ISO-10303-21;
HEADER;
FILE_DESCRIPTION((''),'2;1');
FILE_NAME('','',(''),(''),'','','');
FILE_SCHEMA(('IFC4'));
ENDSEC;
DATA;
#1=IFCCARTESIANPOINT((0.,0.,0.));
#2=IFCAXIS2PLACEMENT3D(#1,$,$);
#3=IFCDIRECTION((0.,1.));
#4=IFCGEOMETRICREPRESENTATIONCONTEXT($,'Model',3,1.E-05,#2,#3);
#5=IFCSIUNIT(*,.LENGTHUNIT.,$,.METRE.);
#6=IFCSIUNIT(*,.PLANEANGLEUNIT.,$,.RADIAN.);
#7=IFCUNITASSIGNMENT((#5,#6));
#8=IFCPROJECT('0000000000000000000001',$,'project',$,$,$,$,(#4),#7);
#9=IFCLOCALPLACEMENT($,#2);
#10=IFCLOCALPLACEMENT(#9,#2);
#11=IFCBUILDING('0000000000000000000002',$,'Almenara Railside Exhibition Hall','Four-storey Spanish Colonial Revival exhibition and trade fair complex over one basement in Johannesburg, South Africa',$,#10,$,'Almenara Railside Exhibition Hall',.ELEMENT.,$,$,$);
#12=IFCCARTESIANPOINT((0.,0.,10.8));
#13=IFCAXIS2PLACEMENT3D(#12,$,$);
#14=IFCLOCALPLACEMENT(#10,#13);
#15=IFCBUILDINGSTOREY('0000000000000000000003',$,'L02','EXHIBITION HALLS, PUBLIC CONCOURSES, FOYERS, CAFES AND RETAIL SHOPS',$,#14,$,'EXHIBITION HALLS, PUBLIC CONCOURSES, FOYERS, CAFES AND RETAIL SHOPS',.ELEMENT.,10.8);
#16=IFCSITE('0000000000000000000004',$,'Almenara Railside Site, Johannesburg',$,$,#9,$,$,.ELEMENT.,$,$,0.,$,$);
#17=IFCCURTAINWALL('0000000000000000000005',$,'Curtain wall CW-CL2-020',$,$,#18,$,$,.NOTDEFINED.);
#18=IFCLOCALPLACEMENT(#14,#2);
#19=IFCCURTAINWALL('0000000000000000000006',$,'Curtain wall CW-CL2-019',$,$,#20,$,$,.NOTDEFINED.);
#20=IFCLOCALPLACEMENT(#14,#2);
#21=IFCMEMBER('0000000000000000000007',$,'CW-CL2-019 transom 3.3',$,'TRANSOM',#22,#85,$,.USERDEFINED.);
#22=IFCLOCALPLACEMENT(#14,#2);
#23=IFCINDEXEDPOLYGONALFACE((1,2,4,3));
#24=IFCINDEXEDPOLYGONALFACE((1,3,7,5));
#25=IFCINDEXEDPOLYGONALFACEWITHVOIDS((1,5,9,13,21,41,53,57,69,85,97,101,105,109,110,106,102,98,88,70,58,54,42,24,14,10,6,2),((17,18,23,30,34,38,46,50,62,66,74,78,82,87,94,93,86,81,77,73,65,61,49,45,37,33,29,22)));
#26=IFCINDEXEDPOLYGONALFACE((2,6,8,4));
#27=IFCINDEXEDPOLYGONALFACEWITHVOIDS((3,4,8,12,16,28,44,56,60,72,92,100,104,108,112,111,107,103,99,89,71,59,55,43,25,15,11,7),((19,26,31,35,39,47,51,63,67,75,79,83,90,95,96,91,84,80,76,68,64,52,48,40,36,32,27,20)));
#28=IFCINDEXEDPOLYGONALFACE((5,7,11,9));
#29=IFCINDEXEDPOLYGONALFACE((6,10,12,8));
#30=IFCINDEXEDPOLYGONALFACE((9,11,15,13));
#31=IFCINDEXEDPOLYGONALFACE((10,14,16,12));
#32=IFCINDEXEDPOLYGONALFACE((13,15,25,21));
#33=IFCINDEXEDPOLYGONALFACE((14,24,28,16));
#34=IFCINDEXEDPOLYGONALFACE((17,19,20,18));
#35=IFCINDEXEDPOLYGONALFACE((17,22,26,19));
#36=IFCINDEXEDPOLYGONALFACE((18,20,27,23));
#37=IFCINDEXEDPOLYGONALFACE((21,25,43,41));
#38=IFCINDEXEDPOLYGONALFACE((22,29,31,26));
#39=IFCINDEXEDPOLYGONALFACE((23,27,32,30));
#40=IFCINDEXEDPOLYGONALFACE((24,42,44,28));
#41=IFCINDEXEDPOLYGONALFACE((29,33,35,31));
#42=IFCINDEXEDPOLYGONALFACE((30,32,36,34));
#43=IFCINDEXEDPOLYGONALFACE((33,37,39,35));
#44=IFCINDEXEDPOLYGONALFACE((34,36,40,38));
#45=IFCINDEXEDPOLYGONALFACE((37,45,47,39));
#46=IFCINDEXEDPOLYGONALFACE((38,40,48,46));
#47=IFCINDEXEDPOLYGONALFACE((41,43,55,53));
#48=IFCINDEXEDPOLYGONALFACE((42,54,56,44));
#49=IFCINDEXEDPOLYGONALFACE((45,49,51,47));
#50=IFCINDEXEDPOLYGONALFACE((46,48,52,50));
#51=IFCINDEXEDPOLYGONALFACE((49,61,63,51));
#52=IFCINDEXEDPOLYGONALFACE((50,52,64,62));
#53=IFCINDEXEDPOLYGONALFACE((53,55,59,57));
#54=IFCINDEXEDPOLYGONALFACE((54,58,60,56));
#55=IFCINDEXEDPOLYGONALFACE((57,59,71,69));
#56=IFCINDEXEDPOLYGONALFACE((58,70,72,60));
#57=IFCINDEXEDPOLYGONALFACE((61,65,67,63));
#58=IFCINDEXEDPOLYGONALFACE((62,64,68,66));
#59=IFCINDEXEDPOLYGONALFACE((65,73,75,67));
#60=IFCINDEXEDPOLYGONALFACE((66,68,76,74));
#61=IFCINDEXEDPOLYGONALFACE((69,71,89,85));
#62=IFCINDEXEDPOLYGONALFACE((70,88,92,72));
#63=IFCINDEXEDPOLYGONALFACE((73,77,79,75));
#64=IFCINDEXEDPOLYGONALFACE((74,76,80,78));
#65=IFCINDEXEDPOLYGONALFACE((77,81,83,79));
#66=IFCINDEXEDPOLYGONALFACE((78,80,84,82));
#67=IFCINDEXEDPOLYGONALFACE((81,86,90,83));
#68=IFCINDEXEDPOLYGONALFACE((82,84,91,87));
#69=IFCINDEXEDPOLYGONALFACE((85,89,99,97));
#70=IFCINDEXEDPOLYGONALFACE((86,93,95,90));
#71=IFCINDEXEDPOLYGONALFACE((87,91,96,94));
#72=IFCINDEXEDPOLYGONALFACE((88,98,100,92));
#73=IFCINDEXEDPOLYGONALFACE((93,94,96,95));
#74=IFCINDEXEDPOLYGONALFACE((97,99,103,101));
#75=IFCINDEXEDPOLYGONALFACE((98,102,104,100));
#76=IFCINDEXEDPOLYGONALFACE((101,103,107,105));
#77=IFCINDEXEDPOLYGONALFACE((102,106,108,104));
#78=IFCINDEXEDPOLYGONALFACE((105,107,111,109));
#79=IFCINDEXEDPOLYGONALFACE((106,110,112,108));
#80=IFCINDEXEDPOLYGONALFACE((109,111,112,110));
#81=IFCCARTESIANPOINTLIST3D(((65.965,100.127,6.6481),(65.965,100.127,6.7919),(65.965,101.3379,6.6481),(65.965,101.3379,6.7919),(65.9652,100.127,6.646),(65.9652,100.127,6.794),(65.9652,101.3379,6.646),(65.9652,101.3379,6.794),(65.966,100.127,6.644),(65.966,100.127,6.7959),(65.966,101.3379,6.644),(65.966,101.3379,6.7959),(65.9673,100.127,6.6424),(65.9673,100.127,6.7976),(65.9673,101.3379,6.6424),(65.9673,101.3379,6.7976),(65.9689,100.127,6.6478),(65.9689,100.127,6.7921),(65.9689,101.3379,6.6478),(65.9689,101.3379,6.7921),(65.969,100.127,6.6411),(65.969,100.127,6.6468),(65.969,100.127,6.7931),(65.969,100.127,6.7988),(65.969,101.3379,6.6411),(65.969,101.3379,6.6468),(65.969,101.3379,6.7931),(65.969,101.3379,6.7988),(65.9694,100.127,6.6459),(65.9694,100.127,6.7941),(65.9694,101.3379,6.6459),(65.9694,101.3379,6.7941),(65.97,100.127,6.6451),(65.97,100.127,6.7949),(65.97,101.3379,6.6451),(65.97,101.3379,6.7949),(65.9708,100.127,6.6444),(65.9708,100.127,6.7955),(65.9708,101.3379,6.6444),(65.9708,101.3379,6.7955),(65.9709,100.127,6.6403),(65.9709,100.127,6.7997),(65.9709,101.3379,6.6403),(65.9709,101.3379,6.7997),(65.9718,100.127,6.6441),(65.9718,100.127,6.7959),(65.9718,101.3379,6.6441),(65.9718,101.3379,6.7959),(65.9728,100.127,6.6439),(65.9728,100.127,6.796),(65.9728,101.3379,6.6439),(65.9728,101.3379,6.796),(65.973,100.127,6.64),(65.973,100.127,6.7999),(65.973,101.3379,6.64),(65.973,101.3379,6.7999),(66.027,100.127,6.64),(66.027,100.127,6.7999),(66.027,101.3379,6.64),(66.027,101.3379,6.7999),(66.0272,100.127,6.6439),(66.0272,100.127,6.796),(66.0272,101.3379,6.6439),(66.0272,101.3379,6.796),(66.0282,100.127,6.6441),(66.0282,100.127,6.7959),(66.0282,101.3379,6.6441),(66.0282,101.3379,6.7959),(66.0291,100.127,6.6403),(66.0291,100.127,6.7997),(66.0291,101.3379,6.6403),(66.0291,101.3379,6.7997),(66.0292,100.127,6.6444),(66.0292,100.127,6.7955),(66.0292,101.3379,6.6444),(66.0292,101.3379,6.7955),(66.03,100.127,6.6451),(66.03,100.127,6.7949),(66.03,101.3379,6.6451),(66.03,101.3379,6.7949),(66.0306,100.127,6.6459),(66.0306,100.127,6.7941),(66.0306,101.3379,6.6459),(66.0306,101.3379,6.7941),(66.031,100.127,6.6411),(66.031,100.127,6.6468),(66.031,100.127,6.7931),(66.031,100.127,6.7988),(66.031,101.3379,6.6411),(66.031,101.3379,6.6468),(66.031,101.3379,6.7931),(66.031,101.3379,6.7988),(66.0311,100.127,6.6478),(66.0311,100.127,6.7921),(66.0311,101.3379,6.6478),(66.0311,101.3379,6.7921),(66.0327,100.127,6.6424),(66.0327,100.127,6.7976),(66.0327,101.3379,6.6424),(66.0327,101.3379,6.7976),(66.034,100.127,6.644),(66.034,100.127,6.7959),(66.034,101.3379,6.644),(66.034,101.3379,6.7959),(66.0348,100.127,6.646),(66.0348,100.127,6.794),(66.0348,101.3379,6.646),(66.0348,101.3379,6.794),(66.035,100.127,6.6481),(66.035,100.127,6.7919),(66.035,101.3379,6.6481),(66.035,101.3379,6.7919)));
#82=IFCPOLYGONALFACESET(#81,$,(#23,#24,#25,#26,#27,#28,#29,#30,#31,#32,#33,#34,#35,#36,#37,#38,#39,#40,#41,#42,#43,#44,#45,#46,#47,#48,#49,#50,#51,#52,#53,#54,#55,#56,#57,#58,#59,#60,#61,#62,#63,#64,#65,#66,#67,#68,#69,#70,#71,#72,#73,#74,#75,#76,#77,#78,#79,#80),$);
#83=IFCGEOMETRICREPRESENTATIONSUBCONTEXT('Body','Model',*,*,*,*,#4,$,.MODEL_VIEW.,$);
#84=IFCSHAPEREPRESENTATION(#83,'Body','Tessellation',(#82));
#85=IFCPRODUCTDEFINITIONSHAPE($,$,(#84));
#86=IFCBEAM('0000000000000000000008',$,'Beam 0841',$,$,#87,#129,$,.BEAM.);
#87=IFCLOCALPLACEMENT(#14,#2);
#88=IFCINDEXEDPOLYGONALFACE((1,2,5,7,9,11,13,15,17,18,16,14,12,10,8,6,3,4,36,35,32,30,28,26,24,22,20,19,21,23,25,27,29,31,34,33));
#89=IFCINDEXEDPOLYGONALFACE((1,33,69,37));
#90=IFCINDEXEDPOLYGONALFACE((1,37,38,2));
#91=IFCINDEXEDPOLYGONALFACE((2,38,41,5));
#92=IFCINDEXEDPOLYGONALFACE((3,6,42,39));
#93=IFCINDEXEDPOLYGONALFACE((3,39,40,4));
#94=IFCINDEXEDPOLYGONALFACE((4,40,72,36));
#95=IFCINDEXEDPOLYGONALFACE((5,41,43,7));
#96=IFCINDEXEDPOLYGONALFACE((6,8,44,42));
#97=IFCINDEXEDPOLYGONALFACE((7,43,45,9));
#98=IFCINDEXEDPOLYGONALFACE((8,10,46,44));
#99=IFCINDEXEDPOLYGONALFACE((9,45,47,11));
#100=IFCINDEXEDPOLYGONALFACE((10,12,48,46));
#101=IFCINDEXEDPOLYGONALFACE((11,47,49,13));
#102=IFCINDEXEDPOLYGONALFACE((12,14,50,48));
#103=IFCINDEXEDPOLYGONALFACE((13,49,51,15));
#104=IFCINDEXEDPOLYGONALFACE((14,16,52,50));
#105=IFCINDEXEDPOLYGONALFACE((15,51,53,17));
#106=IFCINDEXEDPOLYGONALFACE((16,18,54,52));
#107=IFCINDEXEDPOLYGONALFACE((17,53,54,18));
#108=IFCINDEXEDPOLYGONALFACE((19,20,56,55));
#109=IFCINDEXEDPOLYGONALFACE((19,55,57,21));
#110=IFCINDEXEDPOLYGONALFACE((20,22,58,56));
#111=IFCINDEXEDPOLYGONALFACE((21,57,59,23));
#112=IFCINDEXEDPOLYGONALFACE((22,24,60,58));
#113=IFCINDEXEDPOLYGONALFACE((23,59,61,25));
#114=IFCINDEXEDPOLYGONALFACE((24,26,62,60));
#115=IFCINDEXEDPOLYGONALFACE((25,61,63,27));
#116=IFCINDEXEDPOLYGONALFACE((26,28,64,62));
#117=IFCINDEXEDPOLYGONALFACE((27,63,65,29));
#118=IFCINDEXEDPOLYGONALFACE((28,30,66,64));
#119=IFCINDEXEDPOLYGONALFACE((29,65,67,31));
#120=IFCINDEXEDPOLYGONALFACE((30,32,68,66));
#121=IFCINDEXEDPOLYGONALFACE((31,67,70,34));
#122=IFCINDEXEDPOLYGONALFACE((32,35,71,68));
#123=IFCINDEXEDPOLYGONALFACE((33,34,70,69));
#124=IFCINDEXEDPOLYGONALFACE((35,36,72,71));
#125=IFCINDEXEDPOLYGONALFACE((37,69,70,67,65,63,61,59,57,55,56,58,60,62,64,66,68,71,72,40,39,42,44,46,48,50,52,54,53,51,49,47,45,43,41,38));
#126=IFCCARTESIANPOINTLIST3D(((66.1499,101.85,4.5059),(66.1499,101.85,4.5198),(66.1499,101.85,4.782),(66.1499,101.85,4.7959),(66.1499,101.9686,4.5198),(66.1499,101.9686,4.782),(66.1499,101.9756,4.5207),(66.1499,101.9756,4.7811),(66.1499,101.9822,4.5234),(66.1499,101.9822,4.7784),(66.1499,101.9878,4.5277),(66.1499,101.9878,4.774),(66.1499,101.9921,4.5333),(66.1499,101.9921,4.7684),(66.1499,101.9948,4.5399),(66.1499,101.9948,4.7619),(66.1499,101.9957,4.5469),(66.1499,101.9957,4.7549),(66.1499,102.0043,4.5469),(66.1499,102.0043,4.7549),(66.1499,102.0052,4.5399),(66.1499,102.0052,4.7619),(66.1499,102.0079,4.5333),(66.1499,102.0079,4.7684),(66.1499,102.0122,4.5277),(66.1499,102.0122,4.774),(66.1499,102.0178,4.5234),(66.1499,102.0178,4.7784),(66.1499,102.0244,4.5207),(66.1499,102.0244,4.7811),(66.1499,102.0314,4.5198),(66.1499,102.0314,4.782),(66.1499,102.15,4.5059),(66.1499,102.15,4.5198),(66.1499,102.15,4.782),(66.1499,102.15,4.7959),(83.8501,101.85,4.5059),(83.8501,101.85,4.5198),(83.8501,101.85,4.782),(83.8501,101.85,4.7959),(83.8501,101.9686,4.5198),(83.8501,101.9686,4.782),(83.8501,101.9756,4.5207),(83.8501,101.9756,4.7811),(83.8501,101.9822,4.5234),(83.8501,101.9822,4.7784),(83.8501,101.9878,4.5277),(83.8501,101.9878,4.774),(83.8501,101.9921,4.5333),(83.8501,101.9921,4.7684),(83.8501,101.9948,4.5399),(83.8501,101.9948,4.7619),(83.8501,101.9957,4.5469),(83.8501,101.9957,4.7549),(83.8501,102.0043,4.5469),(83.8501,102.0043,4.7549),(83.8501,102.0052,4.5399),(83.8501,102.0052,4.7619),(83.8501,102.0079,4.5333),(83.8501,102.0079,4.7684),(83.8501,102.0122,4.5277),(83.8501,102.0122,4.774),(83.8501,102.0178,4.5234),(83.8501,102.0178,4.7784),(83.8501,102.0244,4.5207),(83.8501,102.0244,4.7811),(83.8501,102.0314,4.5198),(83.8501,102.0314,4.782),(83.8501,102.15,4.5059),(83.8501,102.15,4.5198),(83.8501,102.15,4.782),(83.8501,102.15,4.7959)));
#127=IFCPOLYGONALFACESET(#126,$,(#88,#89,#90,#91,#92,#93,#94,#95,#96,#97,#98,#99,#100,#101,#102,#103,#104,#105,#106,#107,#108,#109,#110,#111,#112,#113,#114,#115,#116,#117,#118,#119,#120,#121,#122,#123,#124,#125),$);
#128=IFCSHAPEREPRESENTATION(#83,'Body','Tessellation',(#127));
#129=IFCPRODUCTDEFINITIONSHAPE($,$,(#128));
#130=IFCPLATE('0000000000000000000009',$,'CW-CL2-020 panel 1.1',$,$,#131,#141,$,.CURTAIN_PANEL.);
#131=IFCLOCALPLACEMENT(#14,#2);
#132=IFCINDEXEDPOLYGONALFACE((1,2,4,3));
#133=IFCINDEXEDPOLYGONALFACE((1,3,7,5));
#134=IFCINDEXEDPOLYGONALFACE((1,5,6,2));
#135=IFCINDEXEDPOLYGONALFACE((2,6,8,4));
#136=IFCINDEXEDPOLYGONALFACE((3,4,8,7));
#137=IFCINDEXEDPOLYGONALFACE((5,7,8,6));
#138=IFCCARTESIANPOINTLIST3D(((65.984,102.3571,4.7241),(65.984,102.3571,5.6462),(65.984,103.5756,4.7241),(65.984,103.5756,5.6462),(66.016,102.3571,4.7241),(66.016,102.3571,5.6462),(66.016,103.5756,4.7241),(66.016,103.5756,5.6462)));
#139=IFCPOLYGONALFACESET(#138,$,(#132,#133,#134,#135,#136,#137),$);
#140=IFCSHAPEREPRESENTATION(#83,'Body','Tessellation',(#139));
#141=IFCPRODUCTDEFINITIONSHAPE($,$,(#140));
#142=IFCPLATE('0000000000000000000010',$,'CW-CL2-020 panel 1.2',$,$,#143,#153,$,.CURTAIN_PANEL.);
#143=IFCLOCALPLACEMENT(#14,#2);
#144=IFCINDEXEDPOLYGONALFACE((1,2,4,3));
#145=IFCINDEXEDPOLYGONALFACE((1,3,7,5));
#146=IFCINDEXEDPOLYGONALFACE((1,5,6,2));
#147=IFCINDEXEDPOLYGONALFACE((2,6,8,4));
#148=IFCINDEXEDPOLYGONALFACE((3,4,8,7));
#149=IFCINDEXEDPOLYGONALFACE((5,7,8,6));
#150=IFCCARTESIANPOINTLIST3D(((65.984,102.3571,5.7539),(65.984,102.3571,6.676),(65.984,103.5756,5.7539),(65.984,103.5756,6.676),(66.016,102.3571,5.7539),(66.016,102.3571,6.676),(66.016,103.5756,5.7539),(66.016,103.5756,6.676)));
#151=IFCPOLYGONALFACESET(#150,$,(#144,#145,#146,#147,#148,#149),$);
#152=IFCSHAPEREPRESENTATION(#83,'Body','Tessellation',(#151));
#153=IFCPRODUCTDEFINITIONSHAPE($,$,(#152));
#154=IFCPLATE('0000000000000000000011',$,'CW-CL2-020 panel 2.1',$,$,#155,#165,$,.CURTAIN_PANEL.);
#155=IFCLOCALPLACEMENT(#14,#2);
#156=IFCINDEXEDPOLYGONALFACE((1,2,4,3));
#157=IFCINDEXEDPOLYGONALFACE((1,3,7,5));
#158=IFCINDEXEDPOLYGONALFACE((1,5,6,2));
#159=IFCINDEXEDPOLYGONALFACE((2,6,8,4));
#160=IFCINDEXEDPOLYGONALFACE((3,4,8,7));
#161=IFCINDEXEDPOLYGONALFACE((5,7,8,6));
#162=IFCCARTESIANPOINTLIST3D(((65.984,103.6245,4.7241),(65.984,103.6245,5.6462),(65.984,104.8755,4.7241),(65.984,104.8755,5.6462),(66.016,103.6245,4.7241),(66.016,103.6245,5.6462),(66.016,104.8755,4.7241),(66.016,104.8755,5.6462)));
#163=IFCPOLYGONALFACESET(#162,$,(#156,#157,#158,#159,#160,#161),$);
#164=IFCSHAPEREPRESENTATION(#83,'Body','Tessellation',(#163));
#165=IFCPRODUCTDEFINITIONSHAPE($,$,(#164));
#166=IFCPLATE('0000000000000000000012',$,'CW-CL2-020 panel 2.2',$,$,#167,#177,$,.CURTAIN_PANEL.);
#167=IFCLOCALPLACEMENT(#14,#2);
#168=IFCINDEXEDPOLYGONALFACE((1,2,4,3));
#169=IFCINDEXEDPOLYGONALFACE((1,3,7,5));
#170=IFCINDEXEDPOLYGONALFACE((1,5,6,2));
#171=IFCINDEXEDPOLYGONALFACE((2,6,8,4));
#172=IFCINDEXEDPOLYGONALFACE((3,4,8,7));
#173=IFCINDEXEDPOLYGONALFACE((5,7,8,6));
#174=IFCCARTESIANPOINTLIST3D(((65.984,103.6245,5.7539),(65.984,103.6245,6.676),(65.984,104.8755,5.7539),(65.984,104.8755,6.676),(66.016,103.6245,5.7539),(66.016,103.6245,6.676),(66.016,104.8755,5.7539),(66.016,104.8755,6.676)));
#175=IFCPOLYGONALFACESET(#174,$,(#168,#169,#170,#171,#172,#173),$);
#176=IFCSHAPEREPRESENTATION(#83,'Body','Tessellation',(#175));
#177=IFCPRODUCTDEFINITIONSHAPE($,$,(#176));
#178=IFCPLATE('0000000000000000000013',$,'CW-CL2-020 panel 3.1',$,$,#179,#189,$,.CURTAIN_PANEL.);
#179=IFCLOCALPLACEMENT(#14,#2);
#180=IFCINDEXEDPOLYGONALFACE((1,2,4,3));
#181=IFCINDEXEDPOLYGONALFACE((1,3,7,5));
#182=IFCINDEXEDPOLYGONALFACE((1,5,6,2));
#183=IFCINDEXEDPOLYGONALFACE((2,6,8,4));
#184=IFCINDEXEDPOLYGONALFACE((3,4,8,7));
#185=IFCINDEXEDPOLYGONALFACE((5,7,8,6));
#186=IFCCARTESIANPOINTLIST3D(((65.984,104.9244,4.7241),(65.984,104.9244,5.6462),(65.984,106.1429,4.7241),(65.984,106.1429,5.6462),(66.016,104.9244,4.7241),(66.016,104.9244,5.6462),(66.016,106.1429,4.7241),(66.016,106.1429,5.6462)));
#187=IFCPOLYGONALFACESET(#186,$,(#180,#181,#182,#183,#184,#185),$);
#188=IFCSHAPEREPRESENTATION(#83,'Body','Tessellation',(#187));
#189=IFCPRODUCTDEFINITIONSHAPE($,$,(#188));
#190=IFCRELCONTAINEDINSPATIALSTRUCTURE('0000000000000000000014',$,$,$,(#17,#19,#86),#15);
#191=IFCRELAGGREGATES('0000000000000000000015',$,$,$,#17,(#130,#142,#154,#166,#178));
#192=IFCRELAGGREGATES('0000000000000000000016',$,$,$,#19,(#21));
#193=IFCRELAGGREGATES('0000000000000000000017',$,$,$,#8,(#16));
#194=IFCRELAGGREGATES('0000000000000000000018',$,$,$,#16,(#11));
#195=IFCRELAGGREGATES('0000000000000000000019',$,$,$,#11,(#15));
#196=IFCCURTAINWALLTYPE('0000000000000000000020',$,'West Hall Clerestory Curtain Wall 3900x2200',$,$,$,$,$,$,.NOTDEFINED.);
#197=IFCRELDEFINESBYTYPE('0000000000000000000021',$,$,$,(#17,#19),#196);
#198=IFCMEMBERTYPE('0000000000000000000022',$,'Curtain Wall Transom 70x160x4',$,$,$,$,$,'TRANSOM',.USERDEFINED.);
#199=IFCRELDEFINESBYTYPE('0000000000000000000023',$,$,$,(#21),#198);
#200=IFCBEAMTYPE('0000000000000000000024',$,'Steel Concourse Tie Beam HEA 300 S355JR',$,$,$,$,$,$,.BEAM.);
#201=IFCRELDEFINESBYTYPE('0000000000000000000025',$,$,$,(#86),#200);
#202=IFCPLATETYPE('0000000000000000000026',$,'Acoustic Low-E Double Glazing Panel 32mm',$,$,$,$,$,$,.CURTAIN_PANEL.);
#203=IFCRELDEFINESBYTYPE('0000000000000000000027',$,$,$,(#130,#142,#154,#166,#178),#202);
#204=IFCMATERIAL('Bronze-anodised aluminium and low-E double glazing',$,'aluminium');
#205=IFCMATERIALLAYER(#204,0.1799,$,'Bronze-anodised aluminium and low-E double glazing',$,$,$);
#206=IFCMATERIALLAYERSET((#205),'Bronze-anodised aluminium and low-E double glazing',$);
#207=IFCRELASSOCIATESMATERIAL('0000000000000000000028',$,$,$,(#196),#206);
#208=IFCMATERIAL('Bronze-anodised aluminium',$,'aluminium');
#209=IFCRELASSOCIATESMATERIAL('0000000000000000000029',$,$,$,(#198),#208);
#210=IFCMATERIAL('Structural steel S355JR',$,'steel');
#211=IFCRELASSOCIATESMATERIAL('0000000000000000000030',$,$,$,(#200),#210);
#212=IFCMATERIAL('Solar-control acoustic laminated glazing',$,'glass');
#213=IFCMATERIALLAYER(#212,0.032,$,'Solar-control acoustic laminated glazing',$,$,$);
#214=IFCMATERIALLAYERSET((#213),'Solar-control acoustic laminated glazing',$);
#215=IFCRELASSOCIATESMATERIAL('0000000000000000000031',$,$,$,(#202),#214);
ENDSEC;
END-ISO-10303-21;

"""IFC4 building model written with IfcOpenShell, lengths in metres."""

from ifc_helpers import new_model, si_unit, direction, frame, origin, origin_2d, place, context, subcontext, project, spatial, rectangle, hollow_rectangle, i_section, extrude, material, layer, layer_set, material_profile, profile_set, type_object, element, aggregate, save


model = new_model("IFC4")

# Units and contexts
model_context = context("Model", 3, precision=1e-05, world=origin(), true_north=direction((0.0, 1.0)))
body_context = subcontext(model_context, "Body", "Model", "MODEL_VIEW")
ifc_project = project(units=[si_unit("LENGTHUNIT", "METRE"), si_unit("PLANEANGLEUNIT", "RADIAN")], contexts=[model_context])

# Site, building, storey
site_placement = place(None, origin())
site = spatial("IfcSite", under=ifc_project, at=site_placement, Name="Almenara Railside Site, Johannesburg", CompositionType="ELEMENT", RefElevation=0.0)
building_placement = place(site_placement, origin())
building = spatial("IfcBuilding", under=site, at=building_placement, Name="Almenara Railside Exhibition Hall", Description="Four-storey Spanish Colonial Revival exhibition and trade fair complex over one basement in Johannesburg, South Africa", LongName="Almenara Railside Exhibition Hall", CompositionType="ELEMENT")
storey_placement = place(building_placement, frame((0.0, 0.0, 10.8)))
storey = spatial("IfcBuildingStorey", under=building, at=storey_placement, Name="L02", Description="EXHIBITION HALLS, PUBLIC CONCOURSES, FOYERS, CAFES AND RETAIL SHOPS", LongName="EXHIBITION HALLS, PUBLIC CONCOURSES, FOYERS, CAFES AND RETAIL SHOPS", CompositionType="ELEMENT", Elevation=10.8)

# Shared definitions
ifc_material_1 = material(Name="Structural steel S355JR", Category="steel")

# Curtain walls
ifc_material_2 = material(Name="Bronze-anodised aluminium and low-E double glazing", Category="aluminium")
ifc_layer_1 = layer(ifc_material_2, 0.1799, Name="Bronze-anodised aluminium and low-E double glazing")
ifc_layer_set_1 = layer_set([ifc_layer_1], Name="Bronze-anodised aluminium and low-E double glazing")
curtain_wall_type = type_object("IfcCurtainWallType", Name="West Hall Clerestory Curtain Wall 3900x2200", PredefinedType="NOTDEFINED", material=ifc_layer_set_1)
curtain_wall_1_placement = place(storey_placement, origin())
curtain_wall_1 = element("IfcCurtainWall", 1, at=curtain_wall_1_placement, inside=storey, type_object=curtain_wall_type, Name="Curtain wall CW-CL2-020", PredefinedType="NOTDEFINED")
ifc_material_3 = material(Name="Bronze-anodised aluminium", Category="aluminium")
curtain_wall_2_placement = place(storey_placement, origin())
curtain_wall_2 = element("IfcCurtainWall", 2, at=curtain_wall_2_placement, inside=storey, type_object=curtain_wall_type, Name="Curtain wall CW-CL2-019", PredefinedType="NOTDEFINED")

# Member
ifc_material_profile_1 = material_profile(ifc_material_3, hollow_rectangle(XDim=0.0701, YDim=0.1599, WallThickness=0.0039, InnerFilletRadius=0.0039, OuterFilletRadius=0.0081, at=origin_2d()), Name="ALU-TRN 70x160x4")
ifc_profile_set_1 = profile_set([ifc_material_profile_1], Name="Bronze-anodised aluminium")
member_type_1 = type_object("IfcMemberType", Name="Curtain Wall Transom 70x160x4", ElementType="TRANSOM", PredefinedType="USERDEFINED", material=ifc_profile_set_1)
member_1_placement = place(storey_placement, frame((66.0, 100.127, 6.72), z_axis=(0.0, 1.0, 0.0), x_axis=(-1.0, 0.0, 0.0)))
member_1 = element("IfcMember", 3, at=member_1_placement, type_object=member_type_1, Name="CW-CL2-019 transom 3.3", ObjectType="TRANSOM", PredefinedType="USERDEFINED", context=body_context, shape_type="SweptSolid", body=[
    extrude(hollow_rectangle(XDim=0.0701, YDim=0.1599, WallThickness=0.0039, InnerFilletRadius=0.0039, OuterFilletRadius=0.0081, at=origin_2d()), origin(), (0.0, 0.0, 1.0), 1.2109),
])

# Beam
ifc_material_profile_2 = material_profile(ifc_material_1, i_section(OverallWidth=0.3, OverallDepth=0.29, WebThickness=0.0085, FlangeThickness=0.0139, FilletRadius=0.0271, at=origin_2d()), Name="HEA 300")
ifc_profile_set_2 = profile_set([ifc_material_profile_2], Name="Structural steel S355JR")
beam_type = type_object("IfcBeamType", Name="Steel Concourse Tie Beam HEA 300 S355JR", PredefinedType="BEAM", material=ifc_profile_set_2)
beam_placement = place(storey_placement, frame((66.1499, 102.0, 4.6509), z_axis=(1.0, 0.0, 0.0), x_axis=(0.0, 1.0, 0.0)))
element("IfcBeam", 4, at=beam_placement, inside=storey, type_object=beam_type, Name="Beam 0841", PredefinedType="BEAM", context=body_context, shape_type="SweptSolid", body=[
    extrude(i_section(OverallWidth=0.3, OverallDepth=0.29, WebThickness=0.0085, FlangeThickness=0.0139, FilletRadius=0.0271, at=origin_2d()), origin(), (0.0, 0.0, 1.0), 17.7002),
])

# Plates
ifc_material_4 = material(Name="Solar-control acoustic laminated glazing", Category="glass")
ifc_layer_2 = layer(ifc_material_4, 0.032, Name="Solar-control acoustic laminated glazing")
ifc_layer_set_2 = layer_set([ifc_layer_2], Name="Solar-control acoustic laminated glazing")
plate_type_1 = type_object("IfcPlateType", Name="Acoustic Low-E Double Glazing Panel 32mm", PredefinedType="CURTAIN_PANEL", material=ifc_layer_set_2)
plate_1_placement = place(storey_placement, frame((66.0, 102.9663, 4.7241), z_axis=(0.0, 0.0, 1.0), x_axis=(0.0, 1.0, 0.0)))
plate_1 = element("IfcPlate", 5, at=plate_1_placement, type_object=plate_type_1, Name="CW-CL2-020 panel 1.1", PredefinedType="CURTAIN_PANEL", context=body_context, shape_type="SweptSolid", body=[
    extrude(rectangle(XDim=1.2185, YDim=0.032, at=origin_2d()), origin(), (0.0, 0.0, 1.0), 0.9221),
])
plate_2_placement = place(storey_placement, frame((66.0, 102.9663, 5.7539), z_axis=(0.0, 0.0, 1.0), x_axis=(0.0, 1.0, 0.0)))
plate_2 = element("IfcPlate", 6, at=plate_2_placement, type_object=plate_type_1, Name="CW-CL2-020 panel 1.2", PredefinedType="CURTAIN_PANEL", context=body_context, shape_type="SweptSolid", body=[
    extrude(rectangle(XDim=1.2185, YDim=0.032, at=origin_2d()), origin(), (0.0, 0.0, 1.0), 0.9221),
])
plate_3_placement = place(storey_placement, frame((66.0, 104.25, 4.7241), z_axis=(0.0, 0.0, 1.0), x_axis=(0.0, 1.0, 0.0)))
plate_3 = element("IfcPlate", 7, at=plate_3_placement, type_object=plate_type_1, Name="CW-CL2-020 panel 2.1", PredefinedType="CURTAIN_PANEL", context=body_context, shape_type="SweptSolid", body=[
    extrude(rectangle(XDim=1.251, YDim=0.032, at=origin_2d()), origin(), (0.0, 0.0, 1.0), 0.9221),
])
plate_4_placement = place(storey_placement, frame((66.0, 104.25, 5.7539), z_axis=(0.0, 0.0, 1.0), x_axis=(0.0, 1.0, 0.0)))
plate_4 = element("IfcPlate", 8, at=plate_4_placement, type_object=plate_type_1, Name="CW-CL2-020 panel 2.2", PredefinedType="CURTAIN_PANEL", context=body_context, shape_type="SweptSolid", body=[
    extrude(rectangle(XDim=1.251, YDim=0.032, at=origin_2d()), origin(), (0.0, 0.0, 1.0), 0.9221),
])
plate_5_placement = place(storey_placement, frame((66.0, 105.5337, 4.7241), z_axis=(0.0, 0.0, 1.0), x_axis=(0.0, 1.0, 0.0)))
plate_5 = element("IfcPlate", 9, at=plate_5_placement, type_object=plate_type_1, Name="CW-CL2-020 panel 3.1", PredefinedType="CURTAIN_PANEL", context=body_context, shape_type="SweptSolid", body=[
    extrude(rectangle(XDim=1.2185, YDim=0.032, at=origin_2d()), origin(), (0.0, 0.0, 1.0), 0.9221),
])
aggregate(curtain_wall_1, [plate_1, plate_2, plate_3, plate_4, plate_5])
aggregate(curtain_wall_2, [member_1])

save(model, "model.ifc")
